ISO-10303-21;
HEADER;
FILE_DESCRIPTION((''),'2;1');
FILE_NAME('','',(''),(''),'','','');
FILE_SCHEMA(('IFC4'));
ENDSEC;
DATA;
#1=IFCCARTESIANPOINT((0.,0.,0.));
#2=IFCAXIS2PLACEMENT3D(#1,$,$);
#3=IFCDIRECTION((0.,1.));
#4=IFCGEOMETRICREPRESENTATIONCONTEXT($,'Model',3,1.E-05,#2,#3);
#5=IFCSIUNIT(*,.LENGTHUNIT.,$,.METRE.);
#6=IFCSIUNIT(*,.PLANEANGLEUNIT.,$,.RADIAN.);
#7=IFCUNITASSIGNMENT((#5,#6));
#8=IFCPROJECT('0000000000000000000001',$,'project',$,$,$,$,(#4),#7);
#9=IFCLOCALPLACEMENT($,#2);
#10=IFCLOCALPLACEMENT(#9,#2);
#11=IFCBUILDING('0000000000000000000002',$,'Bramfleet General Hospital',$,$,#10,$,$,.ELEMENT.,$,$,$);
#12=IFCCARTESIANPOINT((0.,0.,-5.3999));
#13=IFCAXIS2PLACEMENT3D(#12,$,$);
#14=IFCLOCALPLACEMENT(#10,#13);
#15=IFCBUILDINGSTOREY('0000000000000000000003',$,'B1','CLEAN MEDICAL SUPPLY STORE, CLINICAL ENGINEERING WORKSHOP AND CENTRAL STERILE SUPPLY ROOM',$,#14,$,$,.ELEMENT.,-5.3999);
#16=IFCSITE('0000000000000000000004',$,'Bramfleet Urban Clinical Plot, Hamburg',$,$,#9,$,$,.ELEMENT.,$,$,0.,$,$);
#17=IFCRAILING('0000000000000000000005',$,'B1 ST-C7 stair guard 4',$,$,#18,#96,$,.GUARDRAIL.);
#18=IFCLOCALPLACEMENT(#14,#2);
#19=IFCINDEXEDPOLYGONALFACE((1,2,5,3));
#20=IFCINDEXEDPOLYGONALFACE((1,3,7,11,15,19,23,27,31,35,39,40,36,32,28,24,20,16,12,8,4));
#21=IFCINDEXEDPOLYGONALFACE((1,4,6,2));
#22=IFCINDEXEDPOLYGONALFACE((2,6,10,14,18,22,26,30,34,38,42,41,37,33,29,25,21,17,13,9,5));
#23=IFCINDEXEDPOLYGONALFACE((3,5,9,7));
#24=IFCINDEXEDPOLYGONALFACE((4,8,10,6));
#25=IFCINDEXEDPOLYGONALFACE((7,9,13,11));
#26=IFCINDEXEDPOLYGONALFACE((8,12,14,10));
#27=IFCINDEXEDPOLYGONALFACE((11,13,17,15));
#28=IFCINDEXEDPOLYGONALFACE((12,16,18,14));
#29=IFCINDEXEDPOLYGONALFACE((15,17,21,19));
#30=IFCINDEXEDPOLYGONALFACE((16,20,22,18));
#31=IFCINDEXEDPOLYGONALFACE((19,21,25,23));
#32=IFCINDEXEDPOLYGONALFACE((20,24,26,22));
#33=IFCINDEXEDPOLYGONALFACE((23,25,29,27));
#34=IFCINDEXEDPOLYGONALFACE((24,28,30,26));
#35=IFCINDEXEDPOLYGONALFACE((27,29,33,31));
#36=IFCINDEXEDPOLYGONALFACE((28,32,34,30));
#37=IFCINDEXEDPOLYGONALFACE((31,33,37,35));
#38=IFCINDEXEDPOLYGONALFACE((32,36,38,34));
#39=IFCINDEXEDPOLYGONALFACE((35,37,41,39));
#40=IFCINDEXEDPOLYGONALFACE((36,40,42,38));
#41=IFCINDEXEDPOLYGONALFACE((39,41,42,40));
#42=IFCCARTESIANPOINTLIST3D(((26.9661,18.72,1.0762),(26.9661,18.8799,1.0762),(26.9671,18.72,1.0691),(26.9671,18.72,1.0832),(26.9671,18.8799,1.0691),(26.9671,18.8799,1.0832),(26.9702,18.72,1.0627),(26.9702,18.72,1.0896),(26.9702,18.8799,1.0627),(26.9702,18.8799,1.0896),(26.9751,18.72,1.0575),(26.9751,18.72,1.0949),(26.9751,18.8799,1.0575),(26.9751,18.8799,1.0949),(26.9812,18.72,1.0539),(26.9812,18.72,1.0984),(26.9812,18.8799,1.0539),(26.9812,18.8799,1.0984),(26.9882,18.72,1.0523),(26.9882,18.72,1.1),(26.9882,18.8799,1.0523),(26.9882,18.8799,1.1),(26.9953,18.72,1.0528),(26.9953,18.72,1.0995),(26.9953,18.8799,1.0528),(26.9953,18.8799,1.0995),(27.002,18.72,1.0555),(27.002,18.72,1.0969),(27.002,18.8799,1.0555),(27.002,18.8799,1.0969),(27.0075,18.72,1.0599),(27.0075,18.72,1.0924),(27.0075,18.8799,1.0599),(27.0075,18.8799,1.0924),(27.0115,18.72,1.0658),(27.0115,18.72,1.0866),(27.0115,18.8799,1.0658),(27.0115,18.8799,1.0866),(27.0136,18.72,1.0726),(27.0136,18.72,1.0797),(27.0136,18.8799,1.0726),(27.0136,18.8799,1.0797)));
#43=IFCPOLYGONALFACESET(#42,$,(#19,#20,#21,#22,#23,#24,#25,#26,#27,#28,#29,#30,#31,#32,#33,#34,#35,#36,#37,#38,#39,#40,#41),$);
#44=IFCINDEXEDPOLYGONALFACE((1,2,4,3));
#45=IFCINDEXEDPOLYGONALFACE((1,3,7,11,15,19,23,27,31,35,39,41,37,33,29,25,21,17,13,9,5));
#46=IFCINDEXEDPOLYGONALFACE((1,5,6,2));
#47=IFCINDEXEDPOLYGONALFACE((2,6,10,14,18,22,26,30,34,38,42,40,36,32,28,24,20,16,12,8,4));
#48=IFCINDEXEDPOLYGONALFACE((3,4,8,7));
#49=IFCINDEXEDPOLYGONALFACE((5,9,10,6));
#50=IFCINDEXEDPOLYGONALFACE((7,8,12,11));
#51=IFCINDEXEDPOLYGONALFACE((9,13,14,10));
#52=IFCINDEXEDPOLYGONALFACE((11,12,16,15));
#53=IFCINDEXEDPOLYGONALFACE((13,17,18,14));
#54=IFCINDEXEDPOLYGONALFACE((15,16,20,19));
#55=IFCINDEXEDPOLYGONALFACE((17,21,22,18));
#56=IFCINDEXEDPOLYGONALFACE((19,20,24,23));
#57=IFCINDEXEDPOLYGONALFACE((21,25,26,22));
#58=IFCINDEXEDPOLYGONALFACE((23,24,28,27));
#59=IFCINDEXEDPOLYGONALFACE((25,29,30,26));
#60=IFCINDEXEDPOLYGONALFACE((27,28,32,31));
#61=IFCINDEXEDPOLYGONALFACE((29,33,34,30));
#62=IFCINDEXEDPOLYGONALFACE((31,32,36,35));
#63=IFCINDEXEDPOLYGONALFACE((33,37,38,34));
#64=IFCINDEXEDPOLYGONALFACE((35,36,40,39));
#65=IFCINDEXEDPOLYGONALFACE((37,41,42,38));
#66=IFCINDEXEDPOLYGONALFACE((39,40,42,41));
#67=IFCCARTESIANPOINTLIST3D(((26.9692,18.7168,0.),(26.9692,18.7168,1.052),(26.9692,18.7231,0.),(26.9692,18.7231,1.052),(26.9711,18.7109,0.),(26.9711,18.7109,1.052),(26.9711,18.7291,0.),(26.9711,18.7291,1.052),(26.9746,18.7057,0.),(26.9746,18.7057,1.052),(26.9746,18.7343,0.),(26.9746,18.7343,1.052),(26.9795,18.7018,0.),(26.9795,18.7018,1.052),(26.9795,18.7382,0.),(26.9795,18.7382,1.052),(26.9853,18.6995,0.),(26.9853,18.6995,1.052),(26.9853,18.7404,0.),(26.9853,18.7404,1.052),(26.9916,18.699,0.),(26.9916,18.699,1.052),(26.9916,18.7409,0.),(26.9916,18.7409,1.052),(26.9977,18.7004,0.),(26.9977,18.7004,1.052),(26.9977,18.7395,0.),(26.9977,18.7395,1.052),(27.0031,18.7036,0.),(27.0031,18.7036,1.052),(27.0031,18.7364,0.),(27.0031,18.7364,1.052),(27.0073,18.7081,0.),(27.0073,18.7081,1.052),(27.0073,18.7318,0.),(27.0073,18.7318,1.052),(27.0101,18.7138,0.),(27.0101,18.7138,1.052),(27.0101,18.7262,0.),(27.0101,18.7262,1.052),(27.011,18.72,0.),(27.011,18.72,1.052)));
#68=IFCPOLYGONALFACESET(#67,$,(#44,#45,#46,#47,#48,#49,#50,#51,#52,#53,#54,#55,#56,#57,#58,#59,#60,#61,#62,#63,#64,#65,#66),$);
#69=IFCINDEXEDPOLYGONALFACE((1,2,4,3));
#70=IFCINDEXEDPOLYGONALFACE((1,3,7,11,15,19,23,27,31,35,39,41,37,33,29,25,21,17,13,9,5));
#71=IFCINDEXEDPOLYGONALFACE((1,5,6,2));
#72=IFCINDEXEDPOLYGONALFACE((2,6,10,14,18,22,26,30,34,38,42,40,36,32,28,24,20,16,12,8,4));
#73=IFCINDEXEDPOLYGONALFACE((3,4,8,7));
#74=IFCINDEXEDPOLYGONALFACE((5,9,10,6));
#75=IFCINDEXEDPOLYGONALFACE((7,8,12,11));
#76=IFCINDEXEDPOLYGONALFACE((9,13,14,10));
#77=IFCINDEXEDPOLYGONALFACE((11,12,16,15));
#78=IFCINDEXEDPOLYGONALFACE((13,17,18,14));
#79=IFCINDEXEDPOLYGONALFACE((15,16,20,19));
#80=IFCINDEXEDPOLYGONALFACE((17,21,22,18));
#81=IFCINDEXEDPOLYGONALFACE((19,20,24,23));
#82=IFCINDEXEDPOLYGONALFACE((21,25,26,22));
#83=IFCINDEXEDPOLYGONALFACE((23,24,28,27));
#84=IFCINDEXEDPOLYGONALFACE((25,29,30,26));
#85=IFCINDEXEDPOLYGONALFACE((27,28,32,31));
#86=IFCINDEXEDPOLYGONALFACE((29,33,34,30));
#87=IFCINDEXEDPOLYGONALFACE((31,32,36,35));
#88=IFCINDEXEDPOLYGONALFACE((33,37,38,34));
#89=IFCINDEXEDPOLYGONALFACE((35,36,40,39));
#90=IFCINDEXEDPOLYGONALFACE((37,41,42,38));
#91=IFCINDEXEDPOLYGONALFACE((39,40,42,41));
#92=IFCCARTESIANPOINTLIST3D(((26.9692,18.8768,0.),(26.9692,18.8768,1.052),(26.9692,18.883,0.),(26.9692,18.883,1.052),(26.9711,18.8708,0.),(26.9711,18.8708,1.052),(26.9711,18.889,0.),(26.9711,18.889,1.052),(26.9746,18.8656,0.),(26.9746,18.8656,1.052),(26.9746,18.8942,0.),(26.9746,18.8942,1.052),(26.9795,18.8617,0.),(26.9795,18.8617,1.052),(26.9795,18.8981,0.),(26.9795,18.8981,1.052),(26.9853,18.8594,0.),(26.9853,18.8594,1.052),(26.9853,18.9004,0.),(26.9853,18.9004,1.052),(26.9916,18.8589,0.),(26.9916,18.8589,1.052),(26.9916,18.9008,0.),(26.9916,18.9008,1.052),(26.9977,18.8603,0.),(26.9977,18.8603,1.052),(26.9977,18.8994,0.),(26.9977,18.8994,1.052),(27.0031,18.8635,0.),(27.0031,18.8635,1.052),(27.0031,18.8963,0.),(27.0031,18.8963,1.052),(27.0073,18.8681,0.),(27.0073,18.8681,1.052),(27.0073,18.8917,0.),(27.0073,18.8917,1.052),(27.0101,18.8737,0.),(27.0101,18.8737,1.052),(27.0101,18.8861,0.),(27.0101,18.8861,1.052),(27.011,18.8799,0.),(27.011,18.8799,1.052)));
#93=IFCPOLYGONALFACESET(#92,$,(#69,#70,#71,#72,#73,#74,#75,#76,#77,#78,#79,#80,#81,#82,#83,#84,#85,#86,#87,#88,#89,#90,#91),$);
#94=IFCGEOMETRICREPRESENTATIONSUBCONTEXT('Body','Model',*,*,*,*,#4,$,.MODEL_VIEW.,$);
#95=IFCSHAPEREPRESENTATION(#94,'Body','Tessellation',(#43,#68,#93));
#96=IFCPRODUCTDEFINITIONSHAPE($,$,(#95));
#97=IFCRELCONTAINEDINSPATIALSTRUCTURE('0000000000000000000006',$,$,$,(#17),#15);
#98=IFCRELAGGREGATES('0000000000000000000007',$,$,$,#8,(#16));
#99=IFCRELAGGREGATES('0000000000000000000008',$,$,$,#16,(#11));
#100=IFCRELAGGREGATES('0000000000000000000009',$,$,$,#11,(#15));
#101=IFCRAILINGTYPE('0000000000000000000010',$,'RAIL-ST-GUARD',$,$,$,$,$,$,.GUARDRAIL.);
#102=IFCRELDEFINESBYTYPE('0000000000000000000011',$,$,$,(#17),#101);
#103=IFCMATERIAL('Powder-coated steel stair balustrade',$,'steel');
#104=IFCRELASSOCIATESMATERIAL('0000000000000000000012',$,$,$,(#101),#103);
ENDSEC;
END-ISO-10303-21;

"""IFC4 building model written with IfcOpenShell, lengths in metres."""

from ifc_helpers import new_model, si_unit, direction, frame, origin, origin_2d, place, context, subcontext, project, spatial, circle, extrude, material, type_object, element, save


model = new_model("IFC4")

# Units and contexts
model_context = context("Model", 3, precision=1e-05, world=origin(), true_north=direction((0.0, 1.0)))
body_context = subcontext(model_context, "Body", "Model", "MODEL_VIEW")
ifc_project = project(units=[si_unit("LENGTHUNIT", "METRE"), si_unit("PLANEANGLEUNIT", "RADIAN")], contexts=[model_context])

# Site, building, storey
site_placement = place(None, origin())
site = spatial("IfcSite", under=ifc_project, at=site_placement, Name="Bramfleet Urban Clinical Plot, Hamburg", CompositionType="ELEMENT", RefElevation=0.0)
building_placement = place(site_placement, origin())
building = spatial("IfcBuilding", under=site, at=building_placement, Name="Bramfleet General Hospital", CompositionType="ELEMENT")
storey_placement = place(building_placement, frame((0.0, 0.0, -5.3999)))
storey = spatial("IfcBuildingStorey", under=building, at=storey_placement, Name="B1", Description="CLEAN MEDICAL SUPPLY STORE, CLINICAL ENGINEERING WORKSHOP AND CENTRAL STERILE SUPPLY ROOM", CompositionType="ELEMENT", Elevation=-5.3999)

# Railing
ifc_material_1 = material(Name="Powder-coated steel stair balustrade", Category="steel")
railing_type_1 = type_object("IfcRailingType", Name="RAIL-ST-GUARD", PredefinedType="GUARDRAIL", material=ifc_material_1)
railing_1_placement = place(storey_placement, frame((26.99, 18.72, 0.0)))
element("IfcRailing", 1, at=railing_1_placement, inside=storey, type_object=railing_type_1, Name="B1 ST-C7 stair guard 4", PredefinedType="GUARDRAIL", context=body_context, shape_type="SweptSolid", body=[
    extrude(circle(Radius=0.0239, at=origin_2d()), frame((0.0, 0.0, 1.0762), z_axis=(0.0, 1.0, 0.0), x_axis=(-1.0, 0.0, 0.0)), (0.0, 0.0, 1.0), 0.1599),
    extrude(circle(Radius=0.021, at=origin_2d()), origin(), (0.0, 0.0, 1.0), 1.052),
    extrude(circle(Radius=0.021, at=origin_2d()), frame((0.0, 0.1599, 0.0)), (0.0, 0.0, 1.0), 1.052),
])

save(model, "model.ifc")
